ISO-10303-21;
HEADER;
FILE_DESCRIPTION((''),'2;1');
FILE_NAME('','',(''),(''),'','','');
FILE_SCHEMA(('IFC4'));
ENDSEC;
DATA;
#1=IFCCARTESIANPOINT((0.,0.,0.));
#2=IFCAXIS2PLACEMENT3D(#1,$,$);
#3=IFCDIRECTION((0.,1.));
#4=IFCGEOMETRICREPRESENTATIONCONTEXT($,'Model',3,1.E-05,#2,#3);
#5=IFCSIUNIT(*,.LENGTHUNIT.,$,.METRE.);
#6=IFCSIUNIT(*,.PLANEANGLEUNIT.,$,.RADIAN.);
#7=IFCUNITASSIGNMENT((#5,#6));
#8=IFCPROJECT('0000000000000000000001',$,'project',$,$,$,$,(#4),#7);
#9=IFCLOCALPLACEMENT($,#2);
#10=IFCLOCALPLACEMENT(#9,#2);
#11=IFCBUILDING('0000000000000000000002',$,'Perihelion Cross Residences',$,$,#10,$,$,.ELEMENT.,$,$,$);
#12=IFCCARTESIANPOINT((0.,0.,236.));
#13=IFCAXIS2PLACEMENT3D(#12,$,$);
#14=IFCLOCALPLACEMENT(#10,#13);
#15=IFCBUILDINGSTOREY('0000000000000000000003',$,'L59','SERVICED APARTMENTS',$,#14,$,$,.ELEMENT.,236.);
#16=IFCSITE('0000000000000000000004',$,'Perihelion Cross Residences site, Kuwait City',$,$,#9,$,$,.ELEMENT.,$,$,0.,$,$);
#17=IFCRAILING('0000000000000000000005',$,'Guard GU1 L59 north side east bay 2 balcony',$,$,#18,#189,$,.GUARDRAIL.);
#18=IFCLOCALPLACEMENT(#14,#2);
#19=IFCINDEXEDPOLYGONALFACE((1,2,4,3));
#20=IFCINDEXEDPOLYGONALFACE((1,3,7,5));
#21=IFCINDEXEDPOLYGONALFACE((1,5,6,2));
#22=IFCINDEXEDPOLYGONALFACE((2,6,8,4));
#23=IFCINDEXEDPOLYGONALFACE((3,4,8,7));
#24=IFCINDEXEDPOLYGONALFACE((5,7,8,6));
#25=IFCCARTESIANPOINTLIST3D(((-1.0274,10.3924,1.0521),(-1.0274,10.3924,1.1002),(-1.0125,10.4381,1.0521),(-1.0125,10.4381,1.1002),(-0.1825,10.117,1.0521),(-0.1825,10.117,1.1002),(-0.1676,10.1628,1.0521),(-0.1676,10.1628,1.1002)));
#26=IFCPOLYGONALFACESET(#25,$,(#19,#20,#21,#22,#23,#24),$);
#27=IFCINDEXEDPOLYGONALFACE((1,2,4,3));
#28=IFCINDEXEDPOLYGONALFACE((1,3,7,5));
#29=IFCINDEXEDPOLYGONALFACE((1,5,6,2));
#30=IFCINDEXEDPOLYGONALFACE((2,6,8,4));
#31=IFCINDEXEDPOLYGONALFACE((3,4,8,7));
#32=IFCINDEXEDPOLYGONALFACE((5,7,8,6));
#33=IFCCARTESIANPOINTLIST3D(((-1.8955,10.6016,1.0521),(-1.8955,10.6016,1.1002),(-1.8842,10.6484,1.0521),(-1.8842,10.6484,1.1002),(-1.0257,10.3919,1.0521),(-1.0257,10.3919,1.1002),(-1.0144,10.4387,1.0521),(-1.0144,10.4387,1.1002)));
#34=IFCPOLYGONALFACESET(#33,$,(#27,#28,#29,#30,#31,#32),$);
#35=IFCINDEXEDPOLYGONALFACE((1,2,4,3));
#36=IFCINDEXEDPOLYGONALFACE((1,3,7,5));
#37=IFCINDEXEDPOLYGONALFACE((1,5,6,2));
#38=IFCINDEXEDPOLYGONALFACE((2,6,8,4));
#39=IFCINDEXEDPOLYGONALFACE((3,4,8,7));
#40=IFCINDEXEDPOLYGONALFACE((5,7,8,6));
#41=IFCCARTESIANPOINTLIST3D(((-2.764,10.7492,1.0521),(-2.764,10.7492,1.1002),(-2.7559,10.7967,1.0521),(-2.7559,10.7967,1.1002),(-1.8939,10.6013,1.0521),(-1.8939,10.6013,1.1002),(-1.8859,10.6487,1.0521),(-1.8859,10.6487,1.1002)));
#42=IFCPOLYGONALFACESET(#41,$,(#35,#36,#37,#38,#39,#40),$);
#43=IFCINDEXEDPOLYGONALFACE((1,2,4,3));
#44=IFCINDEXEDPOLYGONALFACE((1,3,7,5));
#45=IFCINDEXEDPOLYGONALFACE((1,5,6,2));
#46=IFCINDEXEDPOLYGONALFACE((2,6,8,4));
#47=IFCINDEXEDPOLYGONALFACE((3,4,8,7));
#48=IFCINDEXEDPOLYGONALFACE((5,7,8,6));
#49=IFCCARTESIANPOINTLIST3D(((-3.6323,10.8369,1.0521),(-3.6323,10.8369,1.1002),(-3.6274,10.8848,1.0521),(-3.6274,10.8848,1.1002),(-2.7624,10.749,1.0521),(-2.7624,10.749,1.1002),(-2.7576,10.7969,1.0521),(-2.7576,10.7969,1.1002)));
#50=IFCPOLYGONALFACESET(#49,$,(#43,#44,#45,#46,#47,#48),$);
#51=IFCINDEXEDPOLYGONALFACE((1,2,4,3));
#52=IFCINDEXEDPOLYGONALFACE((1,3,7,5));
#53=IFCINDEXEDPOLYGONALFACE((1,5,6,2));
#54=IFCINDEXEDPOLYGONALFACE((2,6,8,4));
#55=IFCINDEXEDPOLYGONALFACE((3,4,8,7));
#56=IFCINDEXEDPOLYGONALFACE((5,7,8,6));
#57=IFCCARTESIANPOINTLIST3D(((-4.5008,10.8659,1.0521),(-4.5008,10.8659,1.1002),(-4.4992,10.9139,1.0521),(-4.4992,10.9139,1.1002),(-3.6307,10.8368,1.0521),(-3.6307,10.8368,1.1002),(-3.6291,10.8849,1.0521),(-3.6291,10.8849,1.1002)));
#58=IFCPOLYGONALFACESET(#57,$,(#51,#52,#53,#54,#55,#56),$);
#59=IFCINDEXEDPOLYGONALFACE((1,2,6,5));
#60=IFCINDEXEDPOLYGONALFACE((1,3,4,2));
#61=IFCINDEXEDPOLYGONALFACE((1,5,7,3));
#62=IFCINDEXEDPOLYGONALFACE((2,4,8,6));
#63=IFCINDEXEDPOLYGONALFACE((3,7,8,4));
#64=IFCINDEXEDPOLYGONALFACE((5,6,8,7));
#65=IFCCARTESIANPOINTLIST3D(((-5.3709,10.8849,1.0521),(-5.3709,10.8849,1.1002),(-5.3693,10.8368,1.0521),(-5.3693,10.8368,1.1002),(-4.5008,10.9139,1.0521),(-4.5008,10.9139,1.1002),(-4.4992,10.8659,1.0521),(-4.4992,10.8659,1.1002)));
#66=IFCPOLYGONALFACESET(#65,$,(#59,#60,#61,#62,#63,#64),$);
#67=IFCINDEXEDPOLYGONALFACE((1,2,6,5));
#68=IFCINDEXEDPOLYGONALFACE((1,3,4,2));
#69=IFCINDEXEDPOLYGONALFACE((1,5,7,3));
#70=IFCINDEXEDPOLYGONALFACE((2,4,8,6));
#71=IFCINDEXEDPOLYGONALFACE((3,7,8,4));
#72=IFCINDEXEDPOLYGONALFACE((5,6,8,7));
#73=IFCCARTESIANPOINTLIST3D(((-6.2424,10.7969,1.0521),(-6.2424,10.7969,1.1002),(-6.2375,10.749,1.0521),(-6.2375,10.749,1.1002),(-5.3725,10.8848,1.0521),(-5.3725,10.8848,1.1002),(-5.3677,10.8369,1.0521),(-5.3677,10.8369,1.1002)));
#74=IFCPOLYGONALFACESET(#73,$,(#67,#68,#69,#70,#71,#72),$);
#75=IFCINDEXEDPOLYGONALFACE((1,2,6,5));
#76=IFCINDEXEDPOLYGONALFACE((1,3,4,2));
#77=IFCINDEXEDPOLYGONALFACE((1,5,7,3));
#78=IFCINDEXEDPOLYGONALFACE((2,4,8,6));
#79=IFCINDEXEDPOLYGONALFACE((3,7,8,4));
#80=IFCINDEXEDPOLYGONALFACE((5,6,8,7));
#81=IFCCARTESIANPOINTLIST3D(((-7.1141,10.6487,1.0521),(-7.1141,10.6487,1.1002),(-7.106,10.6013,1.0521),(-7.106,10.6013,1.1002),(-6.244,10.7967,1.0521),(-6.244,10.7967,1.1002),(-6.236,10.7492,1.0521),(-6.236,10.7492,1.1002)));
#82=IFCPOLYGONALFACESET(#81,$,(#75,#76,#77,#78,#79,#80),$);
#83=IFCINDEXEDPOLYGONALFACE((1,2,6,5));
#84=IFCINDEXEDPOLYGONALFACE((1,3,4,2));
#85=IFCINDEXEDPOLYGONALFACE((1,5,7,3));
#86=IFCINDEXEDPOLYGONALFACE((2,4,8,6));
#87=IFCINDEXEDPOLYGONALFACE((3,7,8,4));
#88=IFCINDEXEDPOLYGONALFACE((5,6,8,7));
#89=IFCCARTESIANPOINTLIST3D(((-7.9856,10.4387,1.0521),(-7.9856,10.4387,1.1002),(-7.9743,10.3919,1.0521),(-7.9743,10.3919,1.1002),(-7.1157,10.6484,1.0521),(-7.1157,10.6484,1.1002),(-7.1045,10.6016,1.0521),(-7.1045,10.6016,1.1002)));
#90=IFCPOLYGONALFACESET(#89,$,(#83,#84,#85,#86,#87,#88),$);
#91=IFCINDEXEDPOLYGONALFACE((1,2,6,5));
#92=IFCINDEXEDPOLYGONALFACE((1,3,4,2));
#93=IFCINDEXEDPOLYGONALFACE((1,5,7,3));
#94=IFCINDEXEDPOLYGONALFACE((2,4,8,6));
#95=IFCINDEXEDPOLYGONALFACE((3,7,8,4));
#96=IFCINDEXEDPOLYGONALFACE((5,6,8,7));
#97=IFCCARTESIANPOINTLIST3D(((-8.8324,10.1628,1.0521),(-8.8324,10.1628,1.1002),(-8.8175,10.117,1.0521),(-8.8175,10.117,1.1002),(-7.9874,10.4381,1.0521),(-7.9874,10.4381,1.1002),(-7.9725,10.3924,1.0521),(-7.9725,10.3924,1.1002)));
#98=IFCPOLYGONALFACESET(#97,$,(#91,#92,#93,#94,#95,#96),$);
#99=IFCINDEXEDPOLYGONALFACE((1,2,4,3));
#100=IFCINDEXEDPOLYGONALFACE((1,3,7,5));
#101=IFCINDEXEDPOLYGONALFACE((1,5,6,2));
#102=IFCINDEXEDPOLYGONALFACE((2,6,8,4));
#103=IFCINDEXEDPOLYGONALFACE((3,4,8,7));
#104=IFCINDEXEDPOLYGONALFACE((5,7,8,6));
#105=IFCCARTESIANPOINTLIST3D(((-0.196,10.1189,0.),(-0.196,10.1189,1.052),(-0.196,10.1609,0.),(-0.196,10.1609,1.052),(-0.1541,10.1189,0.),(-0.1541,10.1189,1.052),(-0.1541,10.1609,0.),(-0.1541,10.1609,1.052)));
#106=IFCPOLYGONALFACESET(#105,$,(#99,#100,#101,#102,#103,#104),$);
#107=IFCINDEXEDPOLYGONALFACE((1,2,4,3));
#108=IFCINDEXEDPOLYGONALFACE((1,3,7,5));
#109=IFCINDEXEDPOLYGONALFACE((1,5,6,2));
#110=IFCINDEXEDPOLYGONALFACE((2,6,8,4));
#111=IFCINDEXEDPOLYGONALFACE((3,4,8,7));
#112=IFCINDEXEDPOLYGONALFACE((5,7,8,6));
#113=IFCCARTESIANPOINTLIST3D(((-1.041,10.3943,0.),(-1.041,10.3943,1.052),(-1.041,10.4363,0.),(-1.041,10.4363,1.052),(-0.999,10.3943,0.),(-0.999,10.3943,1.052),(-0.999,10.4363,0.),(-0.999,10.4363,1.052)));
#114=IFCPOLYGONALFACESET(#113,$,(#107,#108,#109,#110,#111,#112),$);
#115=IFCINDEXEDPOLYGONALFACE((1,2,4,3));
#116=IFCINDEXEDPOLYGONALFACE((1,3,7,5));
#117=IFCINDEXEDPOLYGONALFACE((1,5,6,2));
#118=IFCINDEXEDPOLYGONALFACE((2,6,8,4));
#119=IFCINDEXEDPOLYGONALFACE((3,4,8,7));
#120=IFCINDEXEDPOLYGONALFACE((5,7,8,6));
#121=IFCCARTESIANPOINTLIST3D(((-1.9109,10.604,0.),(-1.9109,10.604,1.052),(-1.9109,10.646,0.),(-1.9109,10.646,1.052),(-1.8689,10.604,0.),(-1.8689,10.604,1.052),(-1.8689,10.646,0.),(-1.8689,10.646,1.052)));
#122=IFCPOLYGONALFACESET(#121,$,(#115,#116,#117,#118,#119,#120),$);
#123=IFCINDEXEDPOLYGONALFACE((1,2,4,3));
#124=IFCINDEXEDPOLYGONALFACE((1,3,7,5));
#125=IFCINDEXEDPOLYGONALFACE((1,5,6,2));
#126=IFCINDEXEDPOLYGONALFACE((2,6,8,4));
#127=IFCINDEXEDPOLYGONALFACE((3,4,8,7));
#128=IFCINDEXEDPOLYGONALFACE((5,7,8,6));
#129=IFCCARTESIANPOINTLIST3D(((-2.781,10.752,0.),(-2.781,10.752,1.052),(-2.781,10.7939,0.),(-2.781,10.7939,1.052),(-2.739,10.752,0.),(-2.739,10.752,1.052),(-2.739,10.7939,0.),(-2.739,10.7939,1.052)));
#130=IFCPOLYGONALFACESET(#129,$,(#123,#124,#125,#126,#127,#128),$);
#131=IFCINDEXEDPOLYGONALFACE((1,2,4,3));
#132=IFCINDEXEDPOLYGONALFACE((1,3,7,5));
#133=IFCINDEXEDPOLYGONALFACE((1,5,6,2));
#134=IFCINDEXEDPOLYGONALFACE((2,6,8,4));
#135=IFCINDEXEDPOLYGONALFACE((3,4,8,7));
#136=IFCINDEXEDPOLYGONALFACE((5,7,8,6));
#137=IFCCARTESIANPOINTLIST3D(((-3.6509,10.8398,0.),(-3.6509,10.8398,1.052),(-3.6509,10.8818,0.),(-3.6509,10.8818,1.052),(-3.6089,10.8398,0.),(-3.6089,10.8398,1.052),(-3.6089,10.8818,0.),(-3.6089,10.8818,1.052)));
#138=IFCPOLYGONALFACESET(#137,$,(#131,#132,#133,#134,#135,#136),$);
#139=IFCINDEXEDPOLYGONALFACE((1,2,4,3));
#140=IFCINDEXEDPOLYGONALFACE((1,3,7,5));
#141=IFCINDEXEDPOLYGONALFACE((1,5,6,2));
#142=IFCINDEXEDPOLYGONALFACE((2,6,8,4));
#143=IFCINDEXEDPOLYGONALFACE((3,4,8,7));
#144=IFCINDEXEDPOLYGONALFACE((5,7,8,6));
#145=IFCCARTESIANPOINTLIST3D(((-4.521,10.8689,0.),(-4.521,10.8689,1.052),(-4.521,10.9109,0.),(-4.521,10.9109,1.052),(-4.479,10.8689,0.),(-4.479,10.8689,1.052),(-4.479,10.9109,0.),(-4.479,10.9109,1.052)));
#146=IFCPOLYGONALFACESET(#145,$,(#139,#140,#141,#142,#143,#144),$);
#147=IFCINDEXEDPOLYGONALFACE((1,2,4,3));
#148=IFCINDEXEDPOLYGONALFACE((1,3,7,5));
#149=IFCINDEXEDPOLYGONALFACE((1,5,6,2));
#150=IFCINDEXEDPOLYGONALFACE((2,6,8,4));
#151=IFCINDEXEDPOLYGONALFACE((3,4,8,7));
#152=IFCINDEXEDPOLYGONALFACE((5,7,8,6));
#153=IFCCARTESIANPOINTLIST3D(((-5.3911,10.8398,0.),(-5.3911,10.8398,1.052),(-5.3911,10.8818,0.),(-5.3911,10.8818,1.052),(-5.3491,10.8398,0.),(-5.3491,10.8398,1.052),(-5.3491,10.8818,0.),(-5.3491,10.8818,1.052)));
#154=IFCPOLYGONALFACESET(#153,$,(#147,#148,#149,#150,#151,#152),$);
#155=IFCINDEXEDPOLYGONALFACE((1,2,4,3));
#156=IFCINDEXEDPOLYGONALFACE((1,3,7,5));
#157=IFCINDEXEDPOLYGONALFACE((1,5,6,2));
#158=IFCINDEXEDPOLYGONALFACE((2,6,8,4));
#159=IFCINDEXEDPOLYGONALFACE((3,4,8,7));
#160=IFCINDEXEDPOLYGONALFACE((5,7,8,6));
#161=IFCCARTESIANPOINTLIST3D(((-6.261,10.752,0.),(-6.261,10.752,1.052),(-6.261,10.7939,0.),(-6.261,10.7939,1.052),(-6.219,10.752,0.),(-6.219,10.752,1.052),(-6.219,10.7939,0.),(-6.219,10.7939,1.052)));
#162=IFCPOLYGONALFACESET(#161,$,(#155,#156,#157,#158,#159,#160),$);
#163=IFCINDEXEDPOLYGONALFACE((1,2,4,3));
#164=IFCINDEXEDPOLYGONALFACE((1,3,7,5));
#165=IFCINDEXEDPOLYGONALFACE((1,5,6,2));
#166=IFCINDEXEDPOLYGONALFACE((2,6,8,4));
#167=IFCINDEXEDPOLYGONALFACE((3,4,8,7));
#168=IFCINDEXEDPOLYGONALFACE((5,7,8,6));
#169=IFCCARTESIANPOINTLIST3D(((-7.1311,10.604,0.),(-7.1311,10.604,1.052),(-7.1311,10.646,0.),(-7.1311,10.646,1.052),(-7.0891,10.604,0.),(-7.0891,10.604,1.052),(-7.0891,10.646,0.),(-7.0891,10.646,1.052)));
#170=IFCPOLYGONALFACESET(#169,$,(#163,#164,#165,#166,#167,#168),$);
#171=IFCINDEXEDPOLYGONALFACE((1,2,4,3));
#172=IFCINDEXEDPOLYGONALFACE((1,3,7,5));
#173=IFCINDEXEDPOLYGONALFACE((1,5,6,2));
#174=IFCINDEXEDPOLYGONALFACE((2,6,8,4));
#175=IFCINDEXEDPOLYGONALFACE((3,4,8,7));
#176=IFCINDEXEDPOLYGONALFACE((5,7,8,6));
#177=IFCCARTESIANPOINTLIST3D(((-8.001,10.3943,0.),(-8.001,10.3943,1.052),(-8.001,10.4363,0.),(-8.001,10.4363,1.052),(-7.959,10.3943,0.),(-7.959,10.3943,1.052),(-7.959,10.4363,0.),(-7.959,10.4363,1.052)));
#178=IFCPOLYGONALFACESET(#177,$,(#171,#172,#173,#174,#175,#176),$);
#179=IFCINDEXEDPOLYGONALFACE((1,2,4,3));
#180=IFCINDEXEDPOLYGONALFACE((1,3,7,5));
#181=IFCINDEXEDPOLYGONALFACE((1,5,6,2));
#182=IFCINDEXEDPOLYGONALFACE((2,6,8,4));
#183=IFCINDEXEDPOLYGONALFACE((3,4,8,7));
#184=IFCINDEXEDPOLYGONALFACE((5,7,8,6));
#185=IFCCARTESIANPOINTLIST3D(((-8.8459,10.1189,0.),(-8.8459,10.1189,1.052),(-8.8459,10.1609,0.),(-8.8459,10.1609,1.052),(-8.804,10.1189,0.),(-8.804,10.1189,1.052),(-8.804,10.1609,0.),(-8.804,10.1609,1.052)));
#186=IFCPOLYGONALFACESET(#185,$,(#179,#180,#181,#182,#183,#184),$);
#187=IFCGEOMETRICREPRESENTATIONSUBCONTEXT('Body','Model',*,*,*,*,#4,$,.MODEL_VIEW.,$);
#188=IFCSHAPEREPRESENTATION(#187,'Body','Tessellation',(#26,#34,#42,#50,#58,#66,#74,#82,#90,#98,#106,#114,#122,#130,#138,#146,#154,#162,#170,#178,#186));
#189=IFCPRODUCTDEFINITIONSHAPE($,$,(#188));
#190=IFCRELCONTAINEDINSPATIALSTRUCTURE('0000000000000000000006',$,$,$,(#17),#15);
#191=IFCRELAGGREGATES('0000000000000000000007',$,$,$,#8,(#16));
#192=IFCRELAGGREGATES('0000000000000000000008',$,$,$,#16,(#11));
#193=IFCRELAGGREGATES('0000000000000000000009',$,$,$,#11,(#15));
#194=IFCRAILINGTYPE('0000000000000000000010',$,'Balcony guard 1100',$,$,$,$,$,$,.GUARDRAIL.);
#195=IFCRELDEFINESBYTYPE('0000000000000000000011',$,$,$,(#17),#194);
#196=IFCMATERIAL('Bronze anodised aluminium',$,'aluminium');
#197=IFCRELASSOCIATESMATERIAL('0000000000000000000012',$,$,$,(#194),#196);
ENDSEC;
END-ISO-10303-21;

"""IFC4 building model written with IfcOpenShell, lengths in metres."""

from ifc_helpers import new_model, si_unit, direction, frame, origin, origin_2d, place, context, subcontext, project, spatial, rectangle, extrude, material, type_object, element, save


model = new_model("IFC4")

# Units and contexts
model_context = context("Model", 3, precision=1e-05, world=origin(), true_north=direction((0.0, 1.0)))
body_context = subcontext(model_context, "Body", "Model", "MODEL_VIEW")
ifc_project = project(units=[si_unit("LENGTHUNIT", "METRE"), si_unit("PLANEANGLEUNIT", "RADIAN")], contexts=[model_context])

# Site, building, storey
site_placement = place(None, origin())
site = spatial("IfcSite", under=ifc_project, at=site_placement, Name="Perihelion Cross Residences site, Kuwait City", CompositionType="ELEMENT", RefElevation=0.0)
building_placement = place(site_placement, origin())
building = spatial("IfcBuilding", under=site, at=building_placement, Name="Perihelion Cross Residences", CompositionType="ELEMENT")
storey_placement = place(building_placement, frame((0.0, 0.0, 236.0)))
storey = spatial("IfcBuildingStorey", under=building, at=storey_placement, Name="L59", Description="SERVICED APARTMENTS", CompositionType="ELEMENT", Elevation=236.0)

# Railing
ifc_material_1 = material(Name="Bronze anodised aluminium", Category="aluminium")
railing_type = type_object("IfcRailingType", Name="Balcony guard 1100", PredefinedType="GUARDRAIL", material=ifc_material_1)
railing_1_placement = place(storey_placement, frame((-0.175, 10.1399, 0.0)))
element("IfcRailing", 1, at=railing_1_placement, inside=storey, type_object=railing_type, Name="Guard GU1 L59 north side east bay 2 balcony", PredefinedType="GUARDRAIL", context=body_context, shape_type="SweptSolid", body=[
    extrude(rectangle(XDim=0.0481, YDim=0.0481, at=origin_2d()), frame((0.0, 0.0, 1.0762), z_axis=(-0.950777, 0.309875, 0.0), x_axis=(-0.309875, -0.950777, 0.0)), (0.0, 0.0, 1.0), 0.8887),
    extrude(rectangle(XDim=0.0481, YDim=0.0481, at=origin_2d()), frame((-0.845, 0.2754, 1.0762), z_axis=(-0.972147, 0.234374, 0.0), x_axis=(-0.234374, -0.972147, 0.0)), (0.0, 0.0, 1.0), 0.8948),
    extrude(rectangle(XDim=0.0481, YDim=0.0481, at=origin_2d()), frame((-1.7148, 0.4851, 1.0762), z_axis=(-0.98585, 0.167628, 0.0), x_axis=(-0.167628, -0.98585, 0.0)), (0.0, 0.0, 1.0), 0.8826),
    extrude(rectangle(XDim=0.0481, YDim=0.0481, at=origin_2d()), frame((-2.585, 0.6331, 1.0762), z_axis=(-0.994934, 0.100527, 0.0), x_axis=(-0.100527, -0.994934, 0.0)), (0.0, 0.0, 1.0), 0.8743),
    extrude(rectangle(XDim=0.0481, YDim=0.0481, at=origin_2d()), frame((-3.4548, 0.7209, 1.0762), z_axis=(-0.999443, 0.033371, 0.0), x_axis=(-0.033371, -0.999443, 0.0)), (0.0, 0.0, 1.0), 0.8706),
    extrude(rectangle(XDim=0.0481, YDim=0.0481, at=origin_2d()), frame((-4.325, 0.75, 1.0762), z_axis=(-0.999443, -0.033371, 0.0), x_axis=(0.033371, -0.999443, 0.0)), (0.0, 0.0, 1.0), 0.8706),
    extrude(rectangle(XDim=0.0481, YDim=0.0481, at=origin_2d()), frame((-5.1951, 0.7209, 1.0762), z_axis=(-0.994934, -0.100527, 0.0), x_axis=(0.100527, -0.994934, 0.0)), (0.0, 0.0, 1.0), 0.8743),
    extrude(rectangle(XDim=0.0481, YDim=0.0481, at=origin_2d()), frame((-6.0649, 0.6331, 1.0762), z_axis=(-0.98585, -0.167628, 0.0), x_axis=(0.167628, -0.98585, 0.0)), (0.0, 0.0, 1.0), 0.8826),
    extrude(rectangle(XDim=0.0481, YDim=0.0481, at=origin_2d()), frame((-6.9351, 0.4851, 1.0762), z_axis=(-0.972147, -0.234374, 0.0), x_axis=(0.234374, -0.972147, 0.0)), (0.0, 0.0, 1.0), 0.8948),
    extrude(rectangle(XDim=0.0481, YDim=0.0481, at=origin_2d()), frame((-7.8049, 0.2754, 1.0762), z_axis=(-0.950777, -0.309875, 0.0), x_axis=(0.309875, -0.950777, 0.0)), (0.0, 0.0, 1.0), 0.8887),
    extrude(rectangle(XDim=0.042, YDim=0.042, at=origin_2d()), origin(), (0.0, 0.0, 1.0), 1.052),
    extrude(rectangle(XDim=0.042, YDim=0.042, at=origin_2d()), frame((-0.845, 0.2754, 0.0)), (0.0, 0.0, 1.0), 1.052),
    extrude(rectangle(XDim=0.042, YDim=0.042, at=origin_2d()), frame((-1.7148, 0.4851, 0.0)), (0.0, 0.0, 1.0), 1.052),
    extrude(rectangle(XDim=0.042, YDim=0.042, at=origin_2d()), frame((-2.585, 0.6331, 0.0)), (0.0, 0.0, 1.0), 1.052),
    extrude(rectangle(XDim=0.042, YDim=0.042, at=origin_2d()), frame((-3.4548, 0.7209, 0.0)), (0.0, 0.0, 1.0), 1.052),
    extrude(rectangle(XDim=0.042, YDim=0.042, at=origin_2d()), frame((-4.325, 0.75, 0.0)), (0.0, 0.0, 1.0), 1.052),
    extrude(rectangle(XDim=0.042, YDim=0.042, at=origin_2d()), frame((-5.1951, 0.7209, 0.0)), (0.0, 0.0, 1.0), 1.052),
    extrude(rectangle(XDim=0.042, YDim=0.042, at=origin_2d()), frame((-6.0649, 0.6331, 0.0)), (0.0, 0.0, 1.0), 1.052),
    extrude(rectangle(XDim=0.042, YDim=0.042, at=origin_2d()), frame((-6.9351, 0.4851, 0.0)), (0.0, 0.0, 1.0), 1.052),
    extrude(rectangle(XDim=0.042, YDim=0.042, at=origin_2d()), frame((-7.8049, 0.2754, 0.0)), (0.0, 0.0, 1.0), 1.052),
    extrude(rectangle(XDim=0.042, YDim=0.042, at=origin_2d()), frame((-8.6499, 0.0, 0.0)), (0.0, 0.0, 1.0), 1.052),
])

save(model, "model.ifc")
